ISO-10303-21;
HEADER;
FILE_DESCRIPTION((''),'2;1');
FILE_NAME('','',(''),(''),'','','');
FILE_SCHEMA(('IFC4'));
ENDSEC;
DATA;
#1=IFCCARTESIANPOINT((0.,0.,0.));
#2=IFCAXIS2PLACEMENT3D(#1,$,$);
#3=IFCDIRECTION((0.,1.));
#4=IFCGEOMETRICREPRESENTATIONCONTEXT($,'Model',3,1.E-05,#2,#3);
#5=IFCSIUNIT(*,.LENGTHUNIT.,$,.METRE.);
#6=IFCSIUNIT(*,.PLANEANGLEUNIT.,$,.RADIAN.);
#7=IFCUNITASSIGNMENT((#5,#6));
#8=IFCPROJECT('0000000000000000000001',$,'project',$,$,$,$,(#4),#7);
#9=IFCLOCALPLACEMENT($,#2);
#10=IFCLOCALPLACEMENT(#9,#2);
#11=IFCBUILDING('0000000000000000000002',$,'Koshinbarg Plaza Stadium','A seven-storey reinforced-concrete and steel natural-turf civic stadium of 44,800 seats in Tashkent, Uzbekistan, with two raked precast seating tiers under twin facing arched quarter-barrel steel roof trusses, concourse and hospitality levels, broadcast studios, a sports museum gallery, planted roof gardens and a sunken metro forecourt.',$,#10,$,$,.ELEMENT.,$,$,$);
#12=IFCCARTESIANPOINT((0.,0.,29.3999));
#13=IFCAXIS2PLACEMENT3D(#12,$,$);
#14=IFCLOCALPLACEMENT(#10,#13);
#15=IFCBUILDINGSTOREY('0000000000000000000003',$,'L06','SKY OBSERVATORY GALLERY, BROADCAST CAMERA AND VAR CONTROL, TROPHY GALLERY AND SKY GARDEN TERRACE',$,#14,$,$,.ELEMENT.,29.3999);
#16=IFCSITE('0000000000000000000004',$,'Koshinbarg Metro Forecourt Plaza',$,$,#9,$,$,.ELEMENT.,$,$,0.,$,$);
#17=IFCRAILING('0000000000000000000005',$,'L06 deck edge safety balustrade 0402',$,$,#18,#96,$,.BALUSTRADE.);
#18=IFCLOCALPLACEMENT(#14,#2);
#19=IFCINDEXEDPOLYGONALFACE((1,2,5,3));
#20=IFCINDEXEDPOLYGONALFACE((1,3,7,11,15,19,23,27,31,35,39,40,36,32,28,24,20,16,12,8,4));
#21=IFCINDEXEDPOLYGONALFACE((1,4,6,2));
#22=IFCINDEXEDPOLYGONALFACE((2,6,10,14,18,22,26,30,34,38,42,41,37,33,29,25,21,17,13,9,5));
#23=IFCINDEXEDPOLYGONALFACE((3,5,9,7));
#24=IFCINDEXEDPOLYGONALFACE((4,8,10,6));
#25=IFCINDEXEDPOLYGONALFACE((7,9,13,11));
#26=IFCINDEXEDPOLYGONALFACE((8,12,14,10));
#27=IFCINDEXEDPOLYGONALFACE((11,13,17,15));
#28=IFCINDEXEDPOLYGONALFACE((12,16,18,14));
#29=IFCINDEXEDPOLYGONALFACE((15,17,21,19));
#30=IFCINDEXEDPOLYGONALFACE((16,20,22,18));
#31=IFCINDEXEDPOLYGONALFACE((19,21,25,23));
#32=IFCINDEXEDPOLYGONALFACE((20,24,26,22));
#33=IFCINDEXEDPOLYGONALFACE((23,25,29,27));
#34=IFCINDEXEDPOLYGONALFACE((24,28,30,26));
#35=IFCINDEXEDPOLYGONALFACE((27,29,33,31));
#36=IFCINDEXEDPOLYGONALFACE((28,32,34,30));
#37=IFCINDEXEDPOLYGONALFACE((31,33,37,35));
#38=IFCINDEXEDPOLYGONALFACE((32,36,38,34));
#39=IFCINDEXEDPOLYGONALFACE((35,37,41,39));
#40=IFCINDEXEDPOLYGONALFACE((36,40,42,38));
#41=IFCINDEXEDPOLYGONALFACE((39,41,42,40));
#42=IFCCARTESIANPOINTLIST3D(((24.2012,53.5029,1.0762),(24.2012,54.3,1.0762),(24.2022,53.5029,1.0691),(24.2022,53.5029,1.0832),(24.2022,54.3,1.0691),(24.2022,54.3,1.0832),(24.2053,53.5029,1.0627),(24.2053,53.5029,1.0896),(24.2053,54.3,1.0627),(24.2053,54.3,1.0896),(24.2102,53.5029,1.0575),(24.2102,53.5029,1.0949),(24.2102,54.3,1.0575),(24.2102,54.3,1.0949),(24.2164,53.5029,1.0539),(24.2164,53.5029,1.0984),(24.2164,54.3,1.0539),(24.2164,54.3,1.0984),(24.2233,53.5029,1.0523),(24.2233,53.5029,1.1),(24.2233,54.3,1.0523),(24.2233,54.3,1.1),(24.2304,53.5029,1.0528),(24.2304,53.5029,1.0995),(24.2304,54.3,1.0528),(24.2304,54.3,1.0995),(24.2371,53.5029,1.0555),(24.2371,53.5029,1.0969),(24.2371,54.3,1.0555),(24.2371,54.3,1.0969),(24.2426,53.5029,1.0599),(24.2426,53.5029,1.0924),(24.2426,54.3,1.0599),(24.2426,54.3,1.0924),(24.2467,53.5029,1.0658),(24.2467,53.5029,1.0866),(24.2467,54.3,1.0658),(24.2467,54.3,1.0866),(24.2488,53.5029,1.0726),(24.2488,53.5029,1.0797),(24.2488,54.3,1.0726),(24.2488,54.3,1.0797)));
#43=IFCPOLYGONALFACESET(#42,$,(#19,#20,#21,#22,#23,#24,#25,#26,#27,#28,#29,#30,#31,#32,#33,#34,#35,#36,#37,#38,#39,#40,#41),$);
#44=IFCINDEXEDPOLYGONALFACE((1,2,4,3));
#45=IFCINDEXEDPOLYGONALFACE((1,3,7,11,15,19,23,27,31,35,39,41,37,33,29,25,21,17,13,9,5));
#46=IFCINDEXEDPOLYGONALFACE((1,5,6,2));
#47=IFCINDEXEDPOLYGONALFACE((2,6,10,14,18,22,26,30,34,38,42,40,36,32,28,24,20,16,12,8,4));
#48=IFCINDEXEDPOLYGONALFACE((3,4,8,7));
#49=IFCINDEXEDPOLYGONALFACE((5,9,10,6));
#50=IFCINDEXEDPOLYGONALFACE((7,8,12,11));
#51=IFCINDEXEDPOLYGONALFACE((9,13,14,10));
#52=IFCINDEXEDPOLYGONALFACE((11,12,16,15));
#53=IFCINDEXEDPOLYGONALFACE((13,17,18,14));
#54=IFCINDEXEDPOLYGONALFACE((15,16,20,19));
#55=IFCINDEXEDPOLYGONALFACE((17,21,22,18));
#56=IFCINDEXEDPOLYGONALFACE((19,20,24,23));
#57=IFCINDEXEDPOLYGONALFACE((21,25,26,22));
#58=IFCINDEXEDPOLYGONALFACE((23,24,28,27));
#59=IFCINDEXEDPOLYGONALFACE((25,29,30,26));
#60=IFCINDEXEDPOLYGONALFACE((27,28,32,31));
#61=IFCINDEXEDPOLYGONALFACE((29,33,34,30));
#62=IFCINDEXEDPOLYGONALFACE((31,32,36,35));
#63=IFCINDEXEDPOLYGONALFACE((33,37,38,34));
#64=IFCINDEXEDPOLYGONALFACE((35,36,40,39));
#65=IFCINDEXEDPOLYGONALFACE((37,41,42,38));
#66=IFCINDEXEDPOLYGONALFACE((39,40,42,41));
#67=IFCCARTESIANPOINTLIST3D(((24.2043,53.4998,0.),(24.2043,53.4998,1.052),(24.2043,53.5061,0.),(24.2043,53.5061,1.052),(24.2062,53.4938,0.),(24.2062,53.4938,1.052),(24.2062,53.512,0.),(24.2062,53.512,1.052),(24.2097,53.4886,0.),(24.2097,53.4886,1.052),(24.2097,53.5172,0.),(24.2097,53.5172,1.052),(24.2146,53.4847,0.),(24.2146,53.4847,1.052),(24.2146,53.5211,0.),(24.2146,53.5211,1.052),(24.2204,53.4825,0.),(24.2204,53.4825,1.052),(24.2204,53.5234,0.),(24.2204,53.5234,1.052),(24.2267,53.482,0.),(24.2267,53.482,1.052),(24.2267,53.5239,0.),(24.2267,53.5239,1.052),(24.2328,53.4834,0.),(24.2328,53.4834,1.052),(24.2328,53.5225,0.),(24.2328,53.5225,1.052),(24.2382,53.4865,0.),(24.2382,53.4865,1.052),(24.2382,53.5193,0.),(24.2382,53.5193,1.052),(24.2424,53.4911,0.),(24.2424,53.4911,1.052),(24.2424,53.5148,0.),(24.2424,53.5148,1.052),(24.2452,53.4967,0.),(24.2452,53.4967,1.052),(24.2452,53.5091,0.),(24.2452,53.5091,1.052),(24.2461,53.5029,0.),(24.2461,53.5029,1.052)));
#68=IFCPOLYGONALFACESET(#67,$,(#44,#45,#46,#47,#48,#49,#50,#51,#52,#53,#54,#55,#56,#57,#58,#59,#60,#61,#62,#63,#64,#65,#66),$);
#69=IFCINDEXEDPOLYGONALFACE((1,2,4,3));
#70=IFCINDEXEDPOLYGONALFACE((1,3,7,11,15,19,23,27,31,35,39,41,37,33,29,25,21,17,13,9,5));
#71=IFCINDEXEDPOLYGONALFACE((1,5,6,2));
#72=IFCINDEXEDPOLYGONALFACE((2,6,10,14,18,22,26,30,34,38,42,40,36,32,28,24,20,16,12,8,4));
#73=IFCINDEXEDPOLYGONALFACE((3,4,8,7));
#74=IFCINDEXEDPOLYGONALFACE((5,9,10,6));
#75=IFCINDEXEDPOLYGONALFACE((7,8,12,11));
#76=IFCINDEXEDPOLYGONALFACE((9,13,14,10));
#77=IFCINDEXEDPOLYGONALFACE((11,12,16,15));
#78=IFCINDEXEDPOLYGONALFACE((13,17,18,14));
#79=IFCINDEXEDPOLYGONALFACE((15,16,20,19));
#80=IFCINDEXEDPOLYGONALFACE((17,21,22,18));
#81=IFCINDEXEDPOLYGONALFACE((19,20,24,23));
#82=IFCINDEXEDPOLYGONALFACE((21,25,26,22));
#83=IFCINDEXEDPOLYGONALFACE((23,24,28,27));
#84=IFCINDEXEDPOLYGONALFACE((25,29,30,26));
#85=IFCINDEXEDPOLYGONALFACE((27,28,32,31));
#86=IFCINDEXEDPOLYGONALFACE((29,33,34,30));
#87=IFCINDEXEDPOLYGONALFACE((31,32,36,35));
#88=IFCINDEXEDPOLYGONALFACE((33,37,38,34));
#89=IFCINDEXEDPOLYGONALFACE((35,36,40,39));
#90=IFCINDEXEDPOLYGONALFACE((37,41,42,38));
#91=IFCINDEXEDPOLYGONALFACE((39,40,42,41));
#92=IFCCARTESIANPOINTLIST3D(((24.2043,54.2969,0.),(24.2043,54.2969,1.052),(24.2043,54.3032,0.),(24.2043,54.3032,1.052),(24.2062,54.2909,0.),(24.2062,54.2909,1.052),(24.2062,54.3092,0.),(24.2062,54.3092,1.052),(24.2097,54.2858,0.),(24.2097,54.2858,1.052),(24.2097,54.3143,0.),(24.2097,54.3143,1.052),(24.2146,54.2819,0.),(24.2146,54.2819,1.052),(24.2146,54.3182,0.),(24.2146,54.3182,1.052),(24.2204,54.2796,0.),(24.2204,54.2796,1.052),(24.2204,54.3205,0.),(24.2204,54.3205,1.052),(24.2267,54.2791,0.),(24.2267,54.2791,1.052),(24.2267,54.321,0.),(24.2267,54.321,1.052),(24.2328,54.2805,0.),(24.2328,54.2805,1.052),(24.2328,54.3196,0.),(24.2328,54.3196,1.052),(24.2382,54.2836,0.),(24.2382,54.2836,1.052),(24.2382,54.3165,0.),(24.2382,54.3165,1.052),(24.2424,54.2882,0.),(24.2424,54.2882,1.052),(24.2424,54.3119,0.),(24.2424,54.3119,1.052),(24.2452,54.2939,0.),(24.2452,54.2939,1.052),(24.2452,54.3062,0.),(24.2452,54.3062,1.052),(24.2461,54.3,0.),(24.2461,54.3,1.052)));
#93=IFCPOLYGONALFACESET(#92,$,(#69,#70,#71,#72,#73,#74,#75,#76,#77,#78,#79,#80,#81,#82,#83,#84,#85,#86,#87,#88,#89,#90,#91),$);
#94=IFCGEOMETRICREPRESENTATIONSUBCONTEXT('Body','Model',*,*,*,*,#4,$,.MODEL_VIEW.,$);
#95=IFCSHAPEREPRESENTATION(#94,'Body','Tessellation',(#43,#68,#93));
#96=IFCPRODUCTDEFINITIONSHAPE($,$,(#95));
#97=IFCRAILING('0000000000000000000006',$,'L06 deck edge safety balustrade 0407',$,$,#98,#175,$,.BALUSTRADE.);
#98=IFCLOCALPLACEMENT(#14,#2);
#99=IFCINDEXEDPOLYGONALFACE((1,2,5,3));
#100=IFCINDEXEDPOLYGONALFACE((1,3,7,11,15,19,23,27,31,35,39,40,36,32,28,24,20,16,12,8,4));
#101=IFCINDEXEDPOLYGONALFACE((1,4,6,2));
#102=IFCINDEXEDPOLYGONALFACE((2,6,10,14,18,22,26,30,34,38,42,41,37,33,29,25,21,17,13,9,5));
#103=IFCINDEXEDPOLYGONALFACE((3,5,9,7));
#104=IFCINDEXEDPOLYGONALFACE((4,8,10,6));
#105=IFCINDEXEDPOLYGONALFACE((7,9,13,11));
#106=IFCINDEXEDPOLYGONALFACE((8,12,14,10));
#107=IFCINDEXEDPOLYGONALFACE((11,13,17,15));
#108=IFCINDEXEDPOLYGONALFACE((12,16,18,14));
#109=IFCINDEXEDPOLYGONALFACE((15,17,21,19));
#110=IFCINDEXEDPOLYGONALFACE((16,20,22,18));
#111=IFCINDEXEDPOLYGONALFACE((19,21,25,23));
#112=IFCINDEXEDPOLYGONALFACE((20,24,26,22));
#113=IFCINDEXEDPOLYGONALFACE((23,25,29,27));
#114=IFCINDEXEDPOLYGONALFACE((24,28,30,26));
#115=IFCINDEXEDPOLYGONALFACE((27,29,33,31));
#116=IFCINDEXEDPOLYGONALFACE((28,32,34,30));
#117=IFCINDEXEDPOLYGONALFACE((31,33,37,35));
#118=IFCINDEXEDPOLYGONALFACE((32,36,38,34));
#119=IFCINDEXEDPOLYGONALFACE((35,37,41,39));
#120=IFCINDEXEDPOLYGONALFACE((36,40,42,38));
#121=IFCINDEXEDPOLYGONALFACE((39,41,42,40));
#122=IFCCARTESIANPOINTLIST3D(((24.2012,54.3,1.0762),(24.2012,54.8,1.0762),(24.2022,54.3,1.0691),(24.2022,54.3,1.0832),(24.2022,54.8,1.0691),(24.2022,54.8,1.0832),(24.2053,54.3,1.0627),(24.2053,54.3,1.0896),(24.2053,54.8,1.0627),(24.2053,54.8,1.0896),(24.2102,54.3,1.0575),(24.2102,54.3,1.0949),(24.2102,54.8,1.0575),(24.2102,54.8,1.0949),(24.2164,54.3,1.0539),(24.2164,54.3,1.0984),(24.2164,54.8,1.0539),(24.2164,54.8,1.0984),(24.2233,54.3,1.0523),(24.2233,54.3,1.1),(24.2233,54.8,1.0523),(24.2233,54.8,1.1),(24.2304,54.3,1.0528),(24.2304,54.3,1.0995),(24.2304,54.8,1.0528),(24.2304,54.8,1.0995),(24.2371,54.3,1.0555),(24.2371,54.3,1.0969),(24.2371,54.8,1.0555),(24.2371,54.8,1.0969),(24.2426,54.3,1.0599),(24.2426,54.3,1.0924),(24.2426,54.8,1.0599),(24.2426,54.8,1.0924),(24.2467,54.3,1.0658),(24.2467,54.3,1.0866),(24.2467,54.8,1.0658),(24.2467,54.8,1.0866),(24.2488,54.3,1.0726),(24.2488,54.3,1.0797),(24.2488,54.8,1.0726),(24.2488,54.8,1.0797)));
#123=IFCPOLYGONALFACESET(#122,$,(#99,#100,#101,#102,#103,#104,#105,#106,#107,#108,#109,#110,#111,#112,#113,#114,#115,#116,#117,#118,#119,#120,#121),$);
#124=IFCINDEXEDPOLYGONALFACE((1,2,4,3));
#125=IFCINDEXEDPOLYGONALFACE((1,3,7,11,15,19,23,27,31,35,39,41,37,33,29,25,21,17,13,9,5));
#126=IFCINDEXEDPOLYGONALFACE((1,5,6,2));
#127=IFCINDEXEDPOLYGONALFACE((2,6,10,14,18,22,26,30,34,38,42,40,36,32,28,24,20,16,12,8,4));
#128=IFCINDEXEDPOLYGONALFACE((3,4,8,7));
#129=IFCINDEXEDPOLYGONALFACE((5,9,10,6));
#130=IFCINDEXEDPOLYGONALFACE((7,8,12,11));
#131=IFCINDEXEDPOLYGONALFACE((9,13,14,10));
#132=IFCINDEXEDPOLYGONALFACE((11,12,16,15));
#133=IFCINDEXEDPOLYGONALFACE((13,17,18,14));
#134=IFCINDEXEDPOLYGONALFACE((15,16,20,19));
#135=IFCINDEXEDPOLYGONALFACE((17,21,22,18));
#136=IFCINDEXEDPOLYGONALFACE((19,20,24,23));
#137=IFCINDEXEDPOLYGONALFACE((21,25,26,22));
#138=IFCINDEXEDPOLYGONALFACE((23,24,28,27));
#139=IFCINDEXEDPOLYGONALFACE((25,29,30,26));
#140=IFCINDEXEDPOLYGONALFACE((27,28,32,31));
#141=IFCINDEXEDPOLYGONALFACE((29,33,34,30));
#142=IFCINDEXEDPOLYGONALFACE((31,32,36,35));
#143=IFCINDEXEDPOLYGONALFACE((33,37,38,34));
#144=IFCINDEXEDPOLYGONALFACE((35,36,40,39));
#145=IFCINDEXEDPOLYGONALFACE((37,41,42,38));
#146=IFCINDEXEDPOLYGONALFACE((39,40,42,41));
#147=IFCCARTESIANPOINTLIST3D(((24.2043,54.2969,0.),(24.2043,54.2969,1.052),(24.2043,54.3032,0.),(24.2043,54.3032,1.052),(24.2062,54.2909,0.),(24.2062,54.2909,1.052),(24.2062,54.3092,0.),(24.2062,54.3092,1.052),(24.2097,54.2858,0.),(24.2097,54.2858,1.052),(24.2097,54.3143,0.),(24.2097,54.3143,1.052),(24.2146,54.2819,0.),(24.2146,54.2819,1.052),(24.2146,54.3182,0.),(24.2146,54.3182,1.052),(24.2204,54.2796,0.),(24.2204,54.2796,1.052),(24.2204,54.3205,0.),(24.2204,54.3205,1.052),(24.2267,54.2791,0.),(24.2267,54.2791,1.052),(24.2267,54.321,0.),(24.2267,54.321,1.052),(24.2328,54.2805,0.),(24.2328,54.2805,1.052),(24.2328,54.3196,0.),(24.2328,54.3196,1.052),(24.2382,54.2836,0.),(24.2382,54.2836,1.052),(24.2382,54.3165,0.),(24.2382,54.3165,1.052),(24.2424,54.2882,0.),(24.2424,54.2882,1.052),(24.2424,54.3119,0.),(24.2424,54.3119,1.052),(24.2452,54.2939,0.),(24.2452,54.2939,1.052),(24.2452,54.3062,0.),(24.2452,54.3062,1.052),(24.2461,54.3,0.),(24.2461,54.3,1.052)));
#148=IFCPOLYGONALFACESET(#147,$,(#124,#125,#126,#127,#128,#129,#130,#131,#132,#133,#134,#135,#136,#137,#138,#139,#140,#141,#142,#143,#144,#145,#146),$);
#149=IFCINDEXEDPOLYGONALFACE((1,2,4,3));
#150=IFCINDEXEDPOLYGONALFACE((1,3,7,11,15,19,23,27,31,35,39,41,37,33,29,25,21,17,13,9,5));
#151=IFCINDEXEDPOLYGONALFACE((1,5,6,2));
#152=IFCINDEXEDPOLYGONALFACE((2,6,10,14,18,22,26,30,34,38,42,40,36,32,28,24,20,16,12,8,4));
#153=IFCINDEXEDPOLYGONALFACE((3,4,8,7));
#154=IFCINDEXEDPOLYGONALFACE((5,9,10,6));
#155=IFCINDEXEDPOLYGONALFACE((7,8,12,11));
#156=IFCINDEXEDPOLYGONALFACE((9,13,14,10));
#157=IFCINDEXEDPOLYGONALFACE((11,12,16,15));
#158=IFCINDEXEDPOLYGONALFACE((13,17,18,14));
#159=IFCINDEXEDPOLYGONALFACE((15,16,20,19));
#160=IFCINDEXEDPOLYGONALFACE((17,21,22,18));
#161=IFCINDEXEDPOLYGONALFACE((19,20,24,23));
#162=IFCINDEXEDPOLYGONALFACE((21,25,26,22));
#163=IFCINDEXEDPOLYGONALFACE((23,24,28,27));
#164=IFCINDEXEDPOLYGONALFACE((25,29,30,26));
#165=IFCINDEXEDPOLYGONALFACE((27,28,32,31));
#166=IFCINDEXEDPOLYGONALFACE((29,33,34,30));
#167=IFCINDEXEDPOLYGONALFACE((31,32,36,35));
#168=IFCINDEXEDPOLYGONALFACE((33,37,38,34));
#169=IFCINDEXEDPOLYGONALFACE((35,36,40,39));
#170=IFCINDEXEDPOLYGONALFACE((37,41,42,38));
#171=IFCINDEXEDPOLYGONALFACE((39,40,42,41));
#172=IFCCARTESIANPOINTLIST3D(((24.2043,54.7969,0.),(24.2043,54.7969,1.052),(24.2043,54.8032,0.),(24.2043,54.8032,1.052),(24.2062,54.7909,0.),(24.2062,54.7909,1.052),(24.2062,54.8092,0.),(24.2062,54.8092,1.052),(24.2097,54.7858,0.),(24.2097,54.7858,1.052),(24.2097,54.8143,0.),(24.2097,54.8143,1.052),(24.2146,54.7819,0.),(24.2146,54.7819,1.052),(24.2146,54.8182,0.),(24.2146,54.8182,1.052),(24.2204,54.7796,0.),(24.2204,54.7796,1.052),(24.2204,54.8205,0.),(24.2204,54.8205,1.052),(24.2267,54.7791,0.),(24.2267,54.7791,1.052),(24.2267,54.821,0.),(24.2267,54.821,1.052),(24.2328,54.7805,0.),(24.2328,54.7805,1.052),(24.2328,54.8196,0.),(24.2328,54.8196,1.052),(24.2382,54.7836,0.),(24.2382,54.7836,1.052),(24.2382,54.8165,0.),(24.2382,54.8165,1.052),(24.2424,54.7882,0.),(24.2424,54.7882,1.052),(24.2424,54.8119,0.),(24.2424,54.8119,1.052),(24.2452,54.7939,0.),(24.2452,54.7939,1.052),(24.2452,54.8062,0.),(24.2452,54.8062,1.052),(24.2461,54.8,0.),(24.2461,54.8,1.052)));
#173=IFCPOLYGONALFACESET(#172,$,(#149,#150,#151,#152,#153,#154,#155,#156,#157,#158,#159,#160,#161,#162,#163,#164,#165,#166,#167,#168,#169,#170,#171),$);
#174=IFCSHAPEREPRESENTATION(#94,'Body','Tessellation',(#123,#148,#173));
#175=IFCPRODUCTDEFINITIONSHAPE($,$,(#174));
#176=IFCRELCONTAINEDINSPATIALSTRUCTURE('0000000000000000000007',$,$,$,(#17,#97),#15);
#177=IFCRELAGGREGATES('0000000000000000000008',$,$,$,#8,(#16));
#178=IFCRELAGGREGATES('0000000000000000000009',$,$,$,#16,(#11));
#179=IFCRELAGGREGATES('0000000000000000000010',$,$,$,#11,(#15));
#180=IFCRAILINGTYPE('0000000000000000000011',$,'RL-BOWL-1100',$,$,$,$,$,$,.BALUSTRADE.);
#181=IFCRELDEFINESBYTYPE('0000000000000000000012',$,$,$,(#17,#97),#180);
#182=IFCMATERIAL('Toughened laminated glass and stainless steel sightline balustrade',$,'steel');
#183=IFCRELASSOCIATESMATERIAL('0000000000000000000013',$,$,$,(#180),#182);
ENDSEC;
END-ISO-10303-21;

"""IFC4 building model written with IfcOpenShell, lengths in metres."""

from ifc_helpers import new_model, si_unit, direction, frame, origin, origin_2d, place, context, subcontext, project, spatial, circle, extrude, material, type_object, element, save


model = new_model("IFC4")

# Units and contexts
model_context = context("Model", 3, precision=1e-05, world=origin(), true_north=direction((0.0, 1.0)))
body_context = subcontext(model_context, "Body", "Model", "MODEL_VIEW")
ifc_project = project(units=[si_unit("LENGTHUNIT", "METRE"), si_unit("PLANEANGLEUNIT", "RADIAN")], contexts=[model_context])

# Site, building, storey
site_placement = place(None, origin())
site = spatial("IfcSite", under=ifc_project, at=site_placement, Name="Koshinbarg Metro Forecourt Plaza", CompositionType="ELEMENT", RefElevation=0.0)
building_placement = place(site_placement, origin())
building = spatial("IfcBuilding", under=site, at=building_placement, Name="Koshinbarg Plaza Stadium", Description="A seven-storey reinforced-concrete and steel natural-turf civic stadium of 44,800 seats in Tashkent, Uzbekistan, with two raked precast seating tiers under twin facing arched quarter-barrel steel roof trusses, concourse and hospitality levels, broadcast studios, a sports museum gallery, planted roof gardens and a sunken metro forecourt.", CompositionType="ELEMENT")
storey_placement = place(building_placement, frame((0.0, 0.0, 29.3999)))
storey = spatial("IfcBuildingStorey", under=building, at=storey_placement, Name="L06", Description="SKY OBSERVATORY GALLERY, BROADCAST CAMERA AND VAR CONTROL, TROPHY GALLERY AND SKY GARDEN TERRACE", CompositionType="ELEMENT", Elevation=29.3999)

# Railings
ifc_material_1 = material(Name="Toughened laminated glass and stainless steel sightline balustrade", Category="steel")
railing_type_1 = type_object("IfcRailingType", Name="RL-BOWL-1100", PredefinedType="BALUSTRADE", material=ifc_material_1)
railing_1_placement = place(storey_placement, frame((24.2251, 53.5029, 0.0)))
element("IfcRailing", 1, at=railing_1_placement, inside=storey, type_object=railing_type_1, Name="L06 deck edge safety balustrade 0402", PredefinedType="BALUSTRADE", context=body_context, shape_type="SweptSolid", body=[
    extrude(circle(Radius=0.0239, at=origin_2d()), frame((0.0, 0.0, 1.0762), z_axis=(0.0, 1.0, 0.0), x_axis=(-1.0, 0.0, 0.0)), (0.0, 0.0, 1.0), 0.7971),
    extrude(circle(Radius=0.021, at=origin_2d()), origin(), (0.0, 0.0, 1.0), 1.052),
    extrude(circle(Radius=0.021, at=origin_2d()), frame((0.0, 0.7971, 0.0)), (0.0, 0.0, 1.0), 1.052),
])
railing_2_placement = place(storey_placement, frame((24.2251, 54.3, 0.0)))
element("IfcRailing", 2, at=railing_2_placement, inside=storey, type_object=railing_type_1, Name="L06 deck edge safety balustrade 0407", PredefinedType="BALUSTRADE", context=body_context, shape_type="SweptSolid", body=[
    extrude(circle(Radius=0.0239, at=origin_2d()), frame((0.0, 0.0, 1.0762), z_axis=(0.0, 1.0, 0.0), x_axis=(-1.0, 0.0, 0.0)), (0.0, 0.0, 1.0), 0.5),
    extrude(circle(Radius=0.021, at=origin_2d()), origin(), (0.0, 0.0, 1.0), 1.052),
    extrude(circle(Radius=0.021, at=origin_2d()), frame((0.0, 0.5, 0.0)), (0.0, 0.0, 1.0), 1.052),
])

save(model, "model.ifc")
